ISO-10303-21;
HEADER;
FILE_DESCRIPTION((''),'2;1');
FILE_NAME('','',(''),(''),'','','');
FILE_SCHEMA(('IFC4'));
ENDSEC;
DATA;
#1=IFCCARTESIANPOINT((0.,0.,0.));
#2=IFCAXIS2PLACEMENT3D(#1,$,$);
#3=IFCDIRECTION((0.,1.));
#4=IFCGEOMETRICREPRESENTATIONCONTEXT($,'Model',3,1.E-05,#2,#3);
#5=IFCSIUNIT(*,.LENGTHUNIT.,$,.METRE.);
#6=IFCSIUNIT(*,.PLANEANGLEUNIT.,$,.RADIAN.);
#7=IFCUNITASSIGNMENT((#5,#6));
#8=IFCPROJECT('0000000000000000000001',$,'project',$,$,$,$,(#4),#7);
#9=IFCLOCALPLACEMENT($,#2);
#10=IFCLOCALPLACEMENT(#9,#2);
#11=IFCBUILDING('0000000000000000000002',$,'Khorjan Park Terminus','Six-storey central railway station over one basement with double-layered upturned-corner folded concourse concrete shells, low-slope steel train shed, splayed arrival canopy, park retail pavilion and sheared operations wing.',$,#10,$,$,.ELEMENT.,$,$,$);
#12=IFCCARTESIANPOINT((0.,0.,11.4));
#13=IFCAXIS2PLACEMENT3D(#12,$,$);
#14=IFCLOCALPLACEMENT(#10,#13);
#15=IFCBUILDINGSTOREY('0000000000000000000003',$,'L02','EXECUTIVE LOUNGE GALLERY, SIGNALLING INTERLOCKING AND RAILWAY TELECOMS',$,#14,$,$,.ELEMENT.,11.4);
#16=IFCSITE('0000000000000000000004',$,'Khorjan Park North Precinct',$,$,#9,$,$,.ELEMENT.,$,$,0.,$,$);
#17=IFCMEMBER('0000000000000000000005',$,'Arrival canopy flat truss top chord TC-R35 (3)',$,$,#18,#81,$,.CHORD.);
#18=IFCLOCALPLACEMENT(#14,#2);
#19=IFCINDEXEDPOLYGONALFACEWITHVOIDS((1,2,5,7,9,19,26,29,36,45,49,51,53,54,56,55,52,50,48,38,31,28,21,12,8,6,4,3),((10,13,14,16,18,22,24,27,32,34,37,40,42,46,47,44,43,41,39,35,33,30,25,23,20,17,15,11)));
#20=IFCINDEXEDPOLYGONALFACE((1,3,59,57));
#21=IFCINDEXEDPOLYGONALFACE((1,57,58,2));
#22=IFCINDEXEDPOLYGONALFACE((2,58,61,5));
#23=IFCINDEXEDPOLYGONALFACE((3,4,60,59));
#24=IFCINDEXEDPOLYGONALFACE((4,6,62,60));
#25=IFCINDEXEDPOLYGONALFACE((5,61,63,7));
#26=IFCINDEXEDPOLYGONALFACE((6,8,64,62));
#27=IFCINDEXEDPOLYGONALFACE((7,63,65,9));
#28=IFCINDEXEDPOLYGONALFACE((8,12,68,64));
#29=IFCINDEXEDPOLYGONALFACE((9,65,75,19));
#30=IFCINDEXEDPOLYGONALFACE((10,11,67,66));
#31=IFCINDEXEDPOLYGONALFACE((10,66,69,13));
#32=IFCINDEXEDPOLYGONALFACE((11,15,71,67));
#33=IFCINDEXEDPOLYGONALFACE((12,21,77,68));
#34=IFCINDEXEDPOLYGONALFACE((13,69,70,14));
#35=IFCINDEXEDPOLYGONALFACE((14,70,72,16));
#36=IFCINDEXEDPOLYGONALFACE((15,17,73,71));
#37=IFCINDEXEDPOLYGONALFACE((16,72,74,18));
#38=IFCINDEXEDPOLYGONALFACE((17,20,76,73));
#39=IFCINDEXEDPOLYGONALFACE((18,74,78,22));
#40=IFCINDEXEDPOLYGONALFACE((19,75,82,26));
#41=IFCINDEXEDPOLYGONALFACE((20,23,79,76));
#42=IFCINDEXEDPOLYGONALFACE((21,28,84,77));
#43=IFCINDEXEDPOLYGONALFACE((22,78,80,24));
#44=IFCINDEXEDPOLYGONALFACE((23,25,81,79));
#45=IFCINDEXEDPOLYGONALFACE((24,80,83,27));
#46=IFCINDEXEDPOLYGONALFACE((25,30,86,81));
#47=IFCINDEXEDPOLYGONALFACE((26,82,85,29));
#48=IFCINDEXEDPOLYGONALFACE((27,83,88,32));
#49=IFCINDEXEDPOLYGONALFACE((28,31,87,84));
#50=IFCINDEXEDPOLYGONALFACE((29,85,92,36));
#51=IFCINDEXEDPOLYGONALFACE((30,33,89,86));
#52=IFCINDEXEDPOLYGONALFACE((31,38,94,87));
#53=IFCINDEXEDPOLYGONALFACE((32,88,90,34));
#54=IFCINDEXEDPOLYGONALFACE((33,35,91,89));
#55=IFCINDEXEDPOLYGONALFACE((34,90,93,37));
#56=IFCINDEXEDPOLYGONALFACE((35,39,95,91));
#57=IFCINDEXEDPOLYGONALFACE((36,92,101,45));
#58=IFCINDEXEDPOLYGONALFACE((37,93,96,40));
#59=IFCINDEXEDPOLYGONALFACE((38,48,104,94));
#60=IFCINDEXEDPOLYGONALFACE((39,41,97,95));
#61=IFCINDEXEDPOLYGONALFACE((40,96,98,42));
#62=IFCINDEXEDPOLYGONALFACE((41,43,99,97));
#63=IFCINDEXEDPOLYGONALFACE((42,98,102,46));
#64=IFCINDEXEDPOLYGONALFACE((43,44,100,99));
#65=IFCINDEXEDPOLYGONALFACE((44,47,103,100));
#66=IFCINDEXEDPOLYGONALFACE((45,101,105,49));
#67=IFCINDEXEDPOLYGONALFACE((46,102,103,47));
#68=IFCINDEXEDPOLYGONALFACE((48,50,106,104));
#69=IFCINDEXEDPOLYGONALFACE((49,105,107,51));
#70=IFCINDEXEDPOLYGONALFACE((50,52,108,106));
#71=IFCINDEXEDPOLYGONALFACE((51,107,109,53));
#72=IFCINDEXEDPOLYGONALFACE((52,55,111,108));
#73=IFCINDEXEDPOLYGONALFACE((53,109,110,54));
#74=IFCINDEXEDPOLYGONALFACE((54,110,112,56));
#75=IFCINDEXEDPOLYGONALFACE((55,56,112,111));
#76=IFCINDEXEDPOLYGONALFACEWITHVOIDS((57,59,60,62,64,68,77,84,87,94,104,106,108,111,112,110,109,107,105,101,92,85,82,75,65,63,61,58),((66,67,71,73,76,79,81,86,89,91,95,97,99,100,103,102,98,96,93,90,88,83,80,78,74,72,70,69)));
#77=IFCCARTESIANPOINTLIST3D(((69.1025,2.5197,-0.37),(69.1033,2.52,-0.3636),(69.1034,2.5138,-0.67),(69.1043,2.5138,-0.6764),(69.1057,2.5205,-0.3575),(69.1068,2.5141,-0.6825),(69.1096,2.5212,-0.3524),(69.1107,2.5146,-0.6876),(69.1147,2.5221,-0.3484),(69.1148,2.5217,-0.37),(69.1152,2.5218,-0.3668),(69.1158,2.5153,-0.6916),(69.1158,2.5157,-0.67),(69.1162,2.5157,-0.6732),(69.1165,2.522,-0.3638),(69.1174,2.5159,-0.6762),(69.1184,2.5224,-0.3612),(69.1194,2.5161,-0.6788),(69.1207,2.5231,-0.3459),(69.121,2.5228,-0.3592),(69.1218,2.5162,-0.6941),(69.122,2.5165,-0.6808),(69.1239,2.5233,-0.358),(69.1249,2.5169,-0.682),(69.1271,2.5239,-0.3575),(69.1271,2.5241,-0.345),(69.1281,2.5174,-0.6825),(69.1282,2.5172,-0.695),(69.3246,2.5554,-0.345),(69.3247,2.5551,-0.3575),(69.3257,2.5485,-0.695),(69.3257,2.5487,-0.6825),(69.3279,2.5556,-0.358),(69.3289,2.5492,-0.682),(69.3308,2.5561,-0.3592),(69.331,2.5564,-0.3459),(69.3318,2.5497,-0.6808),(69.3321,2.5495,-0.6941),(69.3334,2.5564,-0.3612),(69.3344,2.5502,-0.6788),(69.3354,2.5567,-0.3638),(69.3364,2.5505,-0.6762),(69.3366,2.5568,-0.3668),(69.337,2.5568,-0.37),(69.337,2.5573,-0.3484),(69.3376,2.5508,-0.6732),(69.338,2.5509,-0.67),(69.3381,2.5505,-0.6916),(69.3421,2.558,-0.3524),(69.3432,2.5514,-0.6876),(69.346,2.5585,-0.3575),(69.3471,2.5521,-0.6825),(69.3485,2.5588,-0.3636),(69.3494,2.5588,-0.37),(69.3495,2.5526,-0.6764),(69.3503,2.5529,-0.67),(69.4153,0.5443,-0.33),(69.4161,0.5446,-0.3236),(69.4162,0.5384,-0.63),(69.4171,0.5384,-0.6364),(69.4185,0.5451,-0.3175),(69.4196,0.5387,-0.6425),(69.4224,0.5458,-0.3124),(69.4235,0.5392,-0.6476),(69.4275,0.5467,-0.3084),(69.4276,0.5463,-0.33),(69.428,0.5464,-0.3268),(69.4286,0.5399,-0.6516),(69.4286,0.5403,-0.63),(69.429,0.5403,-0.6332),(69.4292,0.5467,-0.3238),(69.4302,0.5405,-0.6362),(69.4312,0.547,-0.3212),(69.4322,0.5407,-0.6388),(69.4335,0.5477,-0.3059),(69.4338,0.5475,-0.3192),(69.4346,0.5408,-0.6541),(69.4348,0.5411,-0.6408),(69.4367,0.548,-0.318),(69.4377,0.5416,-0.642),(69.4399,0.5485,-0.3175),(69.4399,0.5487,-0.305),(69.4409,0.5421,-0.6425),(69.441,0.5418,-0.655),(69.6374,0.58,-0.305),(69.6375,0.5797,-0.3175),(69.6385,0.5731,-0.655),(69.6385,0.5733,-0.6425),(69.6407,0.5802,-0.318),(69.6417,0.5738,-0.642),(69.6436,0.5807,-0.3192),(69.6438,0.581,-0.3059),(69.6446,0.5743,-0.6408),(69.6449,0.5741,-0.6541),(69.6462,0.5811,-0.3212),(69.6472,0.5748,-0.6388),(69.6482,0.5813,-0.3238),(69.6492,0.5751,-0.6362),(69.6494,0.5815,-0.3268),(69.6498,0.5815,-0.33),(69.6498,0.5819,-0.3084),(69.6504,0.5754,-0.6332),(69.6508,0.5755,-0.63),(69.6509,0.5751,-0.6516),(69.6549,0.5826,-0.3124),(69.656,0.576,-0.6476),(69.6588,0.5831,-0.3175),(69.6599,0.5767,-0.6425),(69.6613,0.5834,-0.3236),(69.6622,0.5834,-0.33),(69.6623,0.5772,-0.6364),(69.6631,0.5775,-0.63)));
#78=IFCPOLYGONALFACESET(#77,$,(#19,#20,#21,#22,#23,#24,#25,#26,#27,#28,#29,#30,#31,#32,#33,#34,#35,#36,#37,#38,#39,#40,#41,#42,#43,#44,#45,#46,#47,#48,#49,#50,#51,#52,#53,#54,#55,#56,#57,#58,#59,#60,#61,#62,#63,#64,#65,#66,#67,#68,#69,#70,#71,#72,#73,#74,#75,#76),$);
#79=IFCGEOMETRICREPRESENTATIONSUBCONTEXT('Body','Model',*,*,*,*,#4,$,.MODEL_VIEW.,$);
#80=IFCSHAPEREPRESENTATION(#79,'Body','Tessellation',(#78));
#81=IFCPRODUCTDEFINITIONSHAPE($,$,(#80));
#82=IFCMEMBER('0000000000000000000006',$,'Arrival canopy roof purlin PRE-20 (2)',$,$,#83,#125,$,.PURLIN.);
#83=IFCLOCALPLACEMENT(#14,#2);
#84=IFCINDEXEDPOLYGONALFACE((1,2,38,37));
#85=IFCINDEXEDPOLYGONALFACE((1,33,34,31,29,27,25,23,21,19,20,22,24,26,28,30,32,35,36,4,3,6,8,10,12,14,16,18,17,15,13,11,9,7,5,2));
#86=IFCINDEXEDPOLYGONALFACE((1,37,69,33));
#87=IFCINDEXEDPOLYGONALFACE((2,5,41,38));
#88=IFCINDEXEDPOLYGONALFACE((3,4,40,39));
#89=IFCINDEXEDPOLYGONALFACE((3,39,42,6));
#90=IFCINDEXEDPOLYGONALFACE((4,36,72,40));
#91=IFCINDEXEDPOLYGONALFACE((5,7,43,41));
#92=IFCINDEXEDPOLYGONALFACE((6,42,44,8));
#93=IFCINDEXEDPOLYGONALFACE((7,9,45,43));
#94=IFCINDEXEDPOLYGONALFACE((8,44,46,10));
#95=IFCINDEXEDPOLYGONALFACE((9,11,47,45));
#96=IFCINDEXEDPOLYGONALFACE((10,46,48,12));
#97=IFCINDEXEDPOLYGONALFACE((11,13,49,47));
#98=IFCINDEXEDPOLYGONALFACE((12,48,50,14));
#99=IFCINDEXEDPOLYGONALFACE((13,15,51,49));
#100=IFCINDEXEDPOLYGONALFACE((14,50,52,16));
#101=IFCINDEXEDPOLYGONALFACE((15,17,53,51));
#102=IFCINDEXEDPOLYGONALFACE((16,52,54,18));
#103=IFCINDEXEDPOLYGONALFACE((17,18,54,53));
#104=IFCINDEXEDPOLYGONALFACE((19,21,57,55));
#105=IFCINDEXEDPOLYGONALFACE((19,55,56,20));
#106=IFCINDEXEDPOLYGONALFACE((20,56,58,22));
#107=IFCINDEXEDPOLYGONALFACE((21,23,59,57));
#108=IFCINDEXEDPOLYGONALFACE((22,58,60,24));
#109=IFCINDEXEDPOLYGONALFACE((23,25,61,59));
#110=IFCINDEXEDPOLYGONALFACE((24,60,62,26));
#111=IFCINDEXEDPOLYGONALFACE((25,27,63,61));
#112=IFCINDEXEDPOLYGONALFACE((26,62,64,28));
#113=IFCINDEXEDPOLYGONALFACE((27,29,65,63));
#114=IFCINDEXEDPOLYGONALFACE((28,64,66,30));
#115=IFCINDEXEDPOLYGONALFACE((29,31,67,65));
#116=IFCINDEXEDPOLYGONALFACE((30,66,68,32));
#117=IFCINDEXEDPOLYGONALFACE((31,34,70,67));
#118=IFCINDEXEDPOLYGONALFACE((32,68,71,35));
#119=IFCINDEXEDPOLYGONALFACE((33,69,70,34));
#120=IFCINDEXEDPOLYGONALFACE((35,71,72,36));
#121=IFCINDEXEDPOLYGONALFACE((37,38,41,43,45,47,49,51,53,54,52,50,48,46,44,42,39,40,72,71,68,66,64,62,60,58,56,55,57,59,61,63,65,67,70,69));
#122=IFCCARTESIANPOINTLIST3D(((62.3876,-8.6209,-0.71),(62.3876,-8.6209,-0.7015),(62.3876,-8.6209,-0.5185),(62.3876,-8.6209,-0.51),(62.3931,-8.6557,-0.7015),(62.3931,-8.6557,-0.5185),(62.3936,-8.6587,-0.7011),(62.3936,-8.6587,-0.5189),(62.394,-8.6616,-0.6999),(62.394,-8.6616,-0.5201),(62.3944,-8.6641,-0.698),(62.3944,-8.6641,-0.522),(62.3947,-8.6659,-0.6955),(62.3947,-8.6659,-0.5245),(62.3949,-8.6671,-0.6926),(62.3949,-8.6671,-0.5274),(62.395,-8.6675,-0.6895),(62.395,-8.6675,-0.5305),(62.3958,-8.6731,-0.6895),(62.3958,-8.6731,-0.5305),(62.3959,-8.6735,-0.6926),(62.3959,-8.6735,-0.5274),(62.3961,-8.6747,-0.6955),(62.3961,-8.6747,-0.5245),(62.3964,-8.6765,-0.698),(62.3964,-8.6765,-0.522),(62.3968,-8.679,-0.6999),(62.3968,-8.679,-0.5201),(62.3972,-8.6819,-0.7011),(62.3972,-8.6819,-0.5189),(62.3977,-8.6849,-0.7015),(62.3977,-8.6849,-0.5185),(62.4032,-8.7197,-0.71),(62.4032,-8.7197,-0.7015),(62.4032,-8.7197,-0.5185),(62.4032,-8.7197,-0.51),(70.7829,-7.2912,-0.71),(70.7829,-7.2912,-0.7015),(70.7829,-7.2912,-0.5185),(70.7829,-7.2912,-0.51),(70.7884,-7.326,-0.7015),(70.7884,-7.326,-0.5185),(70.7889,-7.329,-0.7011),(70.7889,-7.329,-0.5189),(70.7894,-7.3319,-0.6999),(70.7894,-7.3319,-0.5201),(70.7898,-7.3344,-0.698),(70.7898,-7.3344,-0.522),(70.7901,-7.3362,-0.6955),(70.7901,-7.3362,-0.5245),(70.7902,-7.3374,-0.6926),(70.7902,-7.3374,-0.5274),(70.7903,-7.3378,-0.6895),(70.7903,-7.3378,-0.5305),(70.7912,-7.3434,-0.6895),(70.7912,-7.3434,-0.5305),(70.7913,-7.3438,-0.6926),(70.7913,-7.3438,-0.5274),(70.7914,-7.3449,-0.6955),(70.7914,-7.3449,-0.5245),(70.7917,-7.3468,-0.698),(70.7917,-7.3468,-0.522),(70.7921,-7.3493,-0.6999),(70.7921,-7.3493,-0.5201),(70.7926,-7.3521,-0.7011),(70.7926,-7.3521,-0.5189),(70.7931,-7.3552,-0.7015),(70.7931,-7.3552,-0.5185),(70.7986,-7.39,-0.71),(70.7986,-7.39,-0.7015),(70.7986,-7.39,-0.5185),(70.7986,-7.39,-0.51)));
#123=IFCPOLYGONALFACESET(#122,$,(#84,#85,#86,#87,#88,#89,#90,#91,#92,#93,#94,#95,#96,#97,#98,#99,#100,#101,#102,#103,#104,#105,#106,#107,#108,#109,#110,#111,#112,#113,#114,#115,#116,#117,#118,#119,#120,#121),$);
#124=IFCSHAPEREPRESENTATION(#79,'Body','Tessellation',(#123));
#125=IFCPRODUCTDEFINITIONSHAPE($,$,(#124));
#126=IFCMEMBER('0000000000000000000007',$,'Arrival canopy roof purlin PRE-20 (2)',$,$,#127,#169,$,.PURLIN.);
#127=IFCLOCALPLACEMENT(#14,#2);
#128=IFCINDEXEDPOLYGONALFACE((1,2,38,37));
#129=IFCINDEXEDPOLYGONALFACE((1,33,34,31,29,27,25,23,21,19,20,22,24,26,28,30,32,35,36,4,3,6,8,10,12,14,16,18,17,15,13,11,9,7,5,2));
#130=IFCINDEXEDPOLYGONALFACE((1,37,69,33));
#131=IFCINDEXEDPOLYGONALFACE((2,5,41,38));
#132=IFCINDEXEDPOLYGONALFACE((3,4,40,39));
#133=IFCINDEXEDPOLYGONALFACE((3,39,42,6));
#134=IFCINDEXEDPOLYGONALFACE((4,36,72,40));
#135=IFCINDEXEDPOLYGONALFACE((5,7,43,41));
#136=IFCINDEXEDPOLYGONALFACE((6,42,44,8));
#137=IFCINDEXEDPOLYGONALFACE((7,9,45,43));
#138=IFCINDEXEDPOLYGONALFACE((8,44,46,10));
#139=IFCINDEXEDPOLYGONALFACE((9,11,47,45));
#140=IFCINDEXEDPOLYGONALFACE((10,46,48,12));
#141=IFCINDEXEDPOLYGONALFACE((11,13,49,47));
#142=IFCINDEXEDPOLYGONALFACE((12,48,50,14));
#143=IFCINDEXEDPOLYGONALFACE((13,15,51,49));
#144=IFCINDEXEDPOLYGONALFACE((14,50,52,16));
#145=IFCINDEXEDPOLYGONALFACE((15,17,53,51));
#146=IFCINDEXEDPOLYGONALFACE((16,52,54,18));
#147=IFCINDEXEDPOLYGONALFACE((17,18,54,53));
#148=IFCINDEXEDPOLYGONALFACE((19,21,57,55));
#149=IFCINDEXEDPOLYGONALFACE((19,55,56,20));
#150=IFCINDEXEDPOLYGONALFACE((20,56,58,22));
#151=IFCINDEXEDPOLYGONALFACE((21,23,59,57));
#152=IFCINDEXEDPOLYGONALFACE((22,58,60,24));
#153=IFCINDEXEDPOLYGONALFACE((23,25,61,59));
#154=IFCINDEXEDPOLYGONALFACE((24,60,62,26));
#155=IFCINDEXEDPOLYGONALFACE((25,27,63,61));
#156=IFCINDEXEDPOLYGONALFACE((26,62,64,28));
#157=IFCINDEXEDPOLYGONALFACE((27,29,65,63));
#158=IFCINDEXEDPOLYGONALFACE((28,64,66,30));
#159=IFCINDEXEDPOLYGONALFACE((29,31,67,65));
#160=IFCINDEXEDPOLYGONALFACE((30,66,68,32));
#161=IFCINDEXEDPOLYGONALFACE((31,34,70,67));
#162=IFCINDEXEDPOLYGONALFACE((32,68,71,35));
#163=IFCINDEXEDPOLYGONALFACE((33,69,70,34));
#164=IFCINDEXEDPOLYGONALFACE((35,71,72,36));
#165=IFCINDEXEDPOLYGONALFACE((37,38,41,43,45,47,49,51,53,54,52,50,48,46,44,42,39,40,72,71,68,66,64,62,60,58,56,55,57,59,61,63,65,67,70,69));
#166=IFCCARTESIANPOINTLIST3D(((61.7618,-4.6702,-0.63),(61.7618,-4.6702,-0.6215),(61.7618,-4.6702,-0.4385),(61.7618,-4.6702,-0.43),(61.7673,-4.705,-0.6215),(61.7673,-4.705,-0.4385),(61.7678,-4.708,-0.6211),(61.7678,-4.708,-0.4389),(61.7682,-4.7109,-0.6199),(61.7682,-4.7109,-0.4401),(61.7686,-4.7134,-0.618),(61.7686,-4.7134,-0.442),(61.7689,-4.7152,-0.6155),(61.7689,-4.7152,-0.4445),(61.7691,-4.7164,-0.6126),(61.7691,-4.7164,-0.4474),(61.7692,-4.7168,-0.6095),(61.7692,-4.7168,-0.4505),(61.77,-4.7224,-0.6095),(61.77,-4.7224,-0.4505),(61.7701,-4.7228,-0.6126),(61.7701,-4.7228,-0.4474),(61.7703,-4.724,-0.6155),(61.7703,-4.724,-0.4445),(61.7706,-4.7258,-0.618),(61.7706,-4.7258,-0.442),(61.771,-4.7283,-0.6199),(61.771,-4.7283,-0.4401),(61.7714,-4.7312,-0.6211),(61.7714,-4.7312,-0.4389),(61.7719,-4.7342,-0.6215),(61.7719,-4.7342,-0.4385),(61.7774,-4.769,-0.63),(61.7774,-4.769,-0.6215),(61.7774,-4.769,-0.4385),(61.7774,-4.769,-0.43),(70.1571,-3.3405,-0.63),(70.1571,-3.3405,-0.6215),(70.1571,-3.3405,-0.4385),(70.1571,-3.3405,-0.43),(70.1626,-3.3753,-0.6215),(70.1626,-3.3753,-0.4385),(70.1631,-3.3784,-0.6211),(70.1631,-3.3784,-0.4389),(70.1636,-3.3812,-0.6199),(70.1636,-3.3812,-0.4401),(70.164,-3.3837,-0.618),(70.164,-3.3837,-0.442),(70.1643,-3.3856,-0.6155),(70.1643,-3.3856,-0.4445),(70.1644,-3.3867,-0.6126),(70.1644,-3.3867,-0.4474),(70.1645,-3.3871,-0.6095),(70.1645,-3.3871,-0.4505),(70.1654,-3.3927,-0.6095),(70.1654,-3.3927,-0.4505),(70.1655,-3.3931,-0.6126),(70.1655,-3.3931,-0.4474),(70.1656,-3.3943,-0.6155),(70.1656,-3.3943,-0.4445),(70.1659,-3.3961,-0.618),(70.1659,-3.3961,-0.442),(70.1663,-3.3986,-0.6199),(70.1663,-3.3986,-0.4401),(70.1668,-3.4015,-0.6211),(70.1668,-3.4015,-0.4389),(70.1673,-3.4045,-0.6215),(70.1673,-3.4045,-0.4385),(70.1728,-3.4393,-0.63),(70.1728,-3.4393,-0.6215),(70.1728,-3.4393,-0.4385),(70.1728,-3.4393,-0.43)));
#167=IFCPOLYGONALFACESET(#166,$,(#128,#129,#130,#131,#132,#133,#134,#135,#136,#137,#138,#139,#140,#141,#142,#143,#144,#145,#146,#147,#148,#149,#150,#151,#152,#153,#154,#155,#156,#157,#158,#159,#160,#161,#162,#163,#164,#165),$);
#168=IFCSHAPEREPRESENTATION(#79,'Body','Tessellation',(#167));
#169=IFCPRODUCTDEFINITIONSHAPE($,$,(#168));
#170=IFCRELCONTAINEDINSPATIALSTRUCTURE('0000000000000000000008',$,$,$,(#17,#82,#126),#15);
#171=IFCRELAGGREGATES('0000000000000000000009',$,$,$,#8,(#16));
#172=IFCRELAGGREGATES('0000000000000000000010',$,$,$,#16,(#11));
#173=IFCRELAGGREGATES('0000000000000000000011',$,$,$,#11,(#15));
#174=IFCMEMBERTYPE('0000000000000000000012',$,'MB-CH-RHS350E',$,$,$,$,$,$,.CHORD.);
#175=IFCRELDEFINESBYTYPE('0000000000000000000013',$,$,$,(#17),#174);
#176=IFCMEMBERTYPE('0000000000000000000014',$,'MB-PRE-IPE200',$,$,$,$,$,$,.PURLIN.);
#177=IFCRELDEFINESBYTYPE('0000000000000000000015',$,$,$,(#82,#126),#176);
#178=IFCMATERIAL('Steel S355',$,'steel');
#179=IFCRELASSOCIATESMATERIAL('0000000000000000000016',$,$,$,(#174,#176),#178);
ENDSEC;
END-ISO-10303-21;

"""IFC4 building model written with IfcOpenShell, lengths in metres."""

from ifc_helpers import new_model, si_unit, direction, frame, origin, origin_2d, place, context, subcontext, project, spatial, hollow_rectangle, i_section, extrude, material, material_profile, profile_set, type_object, element, save


model = new_model("IFC4")

# Units and contexts
model_context = context("Model", 3, precision=1e-05, world=origin(), true_north=direction((0.0, 1.0)))
body_context = subcontext(model_context, "Body", "Model", "MODEL_VIEW")
ifc_project = project(units=[si_unit("LENGTHUNIT", "METRE"), si_unit("PLANEANGLEUNIT", "RADIAN")], contexts=[model_context])

# Site, building, storey
site_placement = place(None, origin())
site = spatial("IfcSite", under=ifc_project, at=site_placement, Name="Khorjan Park North Precinct", CompositionType="ELEMENT", RefElevation=0.0)
building_placement = place(site_placement, origin())
building = spatial("IfcBuilding", under=site, at=building_placement, Name="Khorjan Park Terminus", Description="Six-storey central railway station over one basement with double-layered upturned-corner folded concourse concrete shells, low-slope steel train shed, splayed arrival canopy, park retail pavilion and sheared operations wing.", CompositionType="ELEMENT")
storey_placement = place(building_placement, frame((0.0, 0.0, 11.4)))
storey = spatial("IfcBuildingStorey", under=building, at=storey_placement, Name="L02", Description="EXECUTIVE LOUNGE GALLERY, SIGNALLING INTERLOCKING AND RAILWAY TELECOMS", CompositionType="ELEMENT", Elevation=11.4)

# Members
ifc_material = material(Name="Steel S355", Category="steel")
ifc_material_profile_1 = material_profile(ifc_material, hollow_rectangle(XDim=0.25, YDim=0.35, WallThickness=0.0125, InnerFilletRadius=0.0125, OuterFilletRadius=0.025, at=origin_2d()), Name="RHS 350x250x12.5")
ifc_profile_set_1 = profile_set([ifc_material_profile_1], Name="Steel S355")
member_type_1 = type_object("IfcMemberType", Name="MB-CH-RHS350E", PredefinedType="CHORD", material=ifc_profile_set_1)
for number, where, z_axis, x_axis, name in (
    (1, (69.5392, 0.5609, -0.48), (-0.156368, 0.987496, -0.019996), (-0.987694, -0.156399, 0.0), "Arrival canopy flat truss top chord TC-R35 (3)"),
):
    element("IfcMember", number, at=place(storey_placement, frame(where, z_axis=z_axis, x_axis=x_axis)), inside=storey, type_object=member_type_1, Name=name, PredefinedType="CHORD", context=body_context, shape_type="SweptSolid", body=[
        extrude(hollow_rectangle(XDim=0.25, YDim=0.35, WallThickness=0.0125, InnerFilletRadius=0.0125, OuterFilletRadius=0.025, at=origin_2d()), origin(), (0.0, 0.0, 1.0), 2.0004),
    ])
ifc_material_profile_2 = material_profile(ifc_material, i_section(OverallWidth=0.1, OverallDepth=0.2, WebThickness=0.0056, FlangeThickness=0.0085, FilletRadius=0.012, at=origin_2d()), Name="IPE 200")
ifc_profile_set_2 = profile_set([ifc_material_profile_2], Name="Steel S355")
member_type_2 = type_object("IfcMemberType", Name="MB-PRE-IPE200", PredefinedType="PURLIN", material=ifc_profile_set_2)
for number, where, z_axis, x_axis, name in (
    (2, (62.3954, -8.6703, -0.61), (0.987688, 0.156436, 0.0), (-0.156436, 0.987688, 0.0), "Arrival canopy roof purlin PRE-20 (2)"),
    (3, (61.7696, -4.7196, -0.53), (0.987688, 0.156434, 0.0), (-0.156434, 0.987688, 0.0), "Arrival canopy roof purlin PRE-20 (2)"),
):
    element("IfcMember", number, at=place(storey_placement, frame(where, z_axis=z_axis, x_axis=x_axis)), inside=storey, type_object=member_type_2, Name=name, PredefinedType="PURLIN", context=body_context, shape_type="SweptSolid", body=[
        extrude(i_section(OverallWidth=0.1, OverallDepth=0.2, WebThickness=0.0056, FlangeThickness=0.0085, FilletRadius=0.012, at=origin_2d()), origin(), (0.0, 0.0, 1.0), 8.5),
    ])

save(model, "model.ifc")
